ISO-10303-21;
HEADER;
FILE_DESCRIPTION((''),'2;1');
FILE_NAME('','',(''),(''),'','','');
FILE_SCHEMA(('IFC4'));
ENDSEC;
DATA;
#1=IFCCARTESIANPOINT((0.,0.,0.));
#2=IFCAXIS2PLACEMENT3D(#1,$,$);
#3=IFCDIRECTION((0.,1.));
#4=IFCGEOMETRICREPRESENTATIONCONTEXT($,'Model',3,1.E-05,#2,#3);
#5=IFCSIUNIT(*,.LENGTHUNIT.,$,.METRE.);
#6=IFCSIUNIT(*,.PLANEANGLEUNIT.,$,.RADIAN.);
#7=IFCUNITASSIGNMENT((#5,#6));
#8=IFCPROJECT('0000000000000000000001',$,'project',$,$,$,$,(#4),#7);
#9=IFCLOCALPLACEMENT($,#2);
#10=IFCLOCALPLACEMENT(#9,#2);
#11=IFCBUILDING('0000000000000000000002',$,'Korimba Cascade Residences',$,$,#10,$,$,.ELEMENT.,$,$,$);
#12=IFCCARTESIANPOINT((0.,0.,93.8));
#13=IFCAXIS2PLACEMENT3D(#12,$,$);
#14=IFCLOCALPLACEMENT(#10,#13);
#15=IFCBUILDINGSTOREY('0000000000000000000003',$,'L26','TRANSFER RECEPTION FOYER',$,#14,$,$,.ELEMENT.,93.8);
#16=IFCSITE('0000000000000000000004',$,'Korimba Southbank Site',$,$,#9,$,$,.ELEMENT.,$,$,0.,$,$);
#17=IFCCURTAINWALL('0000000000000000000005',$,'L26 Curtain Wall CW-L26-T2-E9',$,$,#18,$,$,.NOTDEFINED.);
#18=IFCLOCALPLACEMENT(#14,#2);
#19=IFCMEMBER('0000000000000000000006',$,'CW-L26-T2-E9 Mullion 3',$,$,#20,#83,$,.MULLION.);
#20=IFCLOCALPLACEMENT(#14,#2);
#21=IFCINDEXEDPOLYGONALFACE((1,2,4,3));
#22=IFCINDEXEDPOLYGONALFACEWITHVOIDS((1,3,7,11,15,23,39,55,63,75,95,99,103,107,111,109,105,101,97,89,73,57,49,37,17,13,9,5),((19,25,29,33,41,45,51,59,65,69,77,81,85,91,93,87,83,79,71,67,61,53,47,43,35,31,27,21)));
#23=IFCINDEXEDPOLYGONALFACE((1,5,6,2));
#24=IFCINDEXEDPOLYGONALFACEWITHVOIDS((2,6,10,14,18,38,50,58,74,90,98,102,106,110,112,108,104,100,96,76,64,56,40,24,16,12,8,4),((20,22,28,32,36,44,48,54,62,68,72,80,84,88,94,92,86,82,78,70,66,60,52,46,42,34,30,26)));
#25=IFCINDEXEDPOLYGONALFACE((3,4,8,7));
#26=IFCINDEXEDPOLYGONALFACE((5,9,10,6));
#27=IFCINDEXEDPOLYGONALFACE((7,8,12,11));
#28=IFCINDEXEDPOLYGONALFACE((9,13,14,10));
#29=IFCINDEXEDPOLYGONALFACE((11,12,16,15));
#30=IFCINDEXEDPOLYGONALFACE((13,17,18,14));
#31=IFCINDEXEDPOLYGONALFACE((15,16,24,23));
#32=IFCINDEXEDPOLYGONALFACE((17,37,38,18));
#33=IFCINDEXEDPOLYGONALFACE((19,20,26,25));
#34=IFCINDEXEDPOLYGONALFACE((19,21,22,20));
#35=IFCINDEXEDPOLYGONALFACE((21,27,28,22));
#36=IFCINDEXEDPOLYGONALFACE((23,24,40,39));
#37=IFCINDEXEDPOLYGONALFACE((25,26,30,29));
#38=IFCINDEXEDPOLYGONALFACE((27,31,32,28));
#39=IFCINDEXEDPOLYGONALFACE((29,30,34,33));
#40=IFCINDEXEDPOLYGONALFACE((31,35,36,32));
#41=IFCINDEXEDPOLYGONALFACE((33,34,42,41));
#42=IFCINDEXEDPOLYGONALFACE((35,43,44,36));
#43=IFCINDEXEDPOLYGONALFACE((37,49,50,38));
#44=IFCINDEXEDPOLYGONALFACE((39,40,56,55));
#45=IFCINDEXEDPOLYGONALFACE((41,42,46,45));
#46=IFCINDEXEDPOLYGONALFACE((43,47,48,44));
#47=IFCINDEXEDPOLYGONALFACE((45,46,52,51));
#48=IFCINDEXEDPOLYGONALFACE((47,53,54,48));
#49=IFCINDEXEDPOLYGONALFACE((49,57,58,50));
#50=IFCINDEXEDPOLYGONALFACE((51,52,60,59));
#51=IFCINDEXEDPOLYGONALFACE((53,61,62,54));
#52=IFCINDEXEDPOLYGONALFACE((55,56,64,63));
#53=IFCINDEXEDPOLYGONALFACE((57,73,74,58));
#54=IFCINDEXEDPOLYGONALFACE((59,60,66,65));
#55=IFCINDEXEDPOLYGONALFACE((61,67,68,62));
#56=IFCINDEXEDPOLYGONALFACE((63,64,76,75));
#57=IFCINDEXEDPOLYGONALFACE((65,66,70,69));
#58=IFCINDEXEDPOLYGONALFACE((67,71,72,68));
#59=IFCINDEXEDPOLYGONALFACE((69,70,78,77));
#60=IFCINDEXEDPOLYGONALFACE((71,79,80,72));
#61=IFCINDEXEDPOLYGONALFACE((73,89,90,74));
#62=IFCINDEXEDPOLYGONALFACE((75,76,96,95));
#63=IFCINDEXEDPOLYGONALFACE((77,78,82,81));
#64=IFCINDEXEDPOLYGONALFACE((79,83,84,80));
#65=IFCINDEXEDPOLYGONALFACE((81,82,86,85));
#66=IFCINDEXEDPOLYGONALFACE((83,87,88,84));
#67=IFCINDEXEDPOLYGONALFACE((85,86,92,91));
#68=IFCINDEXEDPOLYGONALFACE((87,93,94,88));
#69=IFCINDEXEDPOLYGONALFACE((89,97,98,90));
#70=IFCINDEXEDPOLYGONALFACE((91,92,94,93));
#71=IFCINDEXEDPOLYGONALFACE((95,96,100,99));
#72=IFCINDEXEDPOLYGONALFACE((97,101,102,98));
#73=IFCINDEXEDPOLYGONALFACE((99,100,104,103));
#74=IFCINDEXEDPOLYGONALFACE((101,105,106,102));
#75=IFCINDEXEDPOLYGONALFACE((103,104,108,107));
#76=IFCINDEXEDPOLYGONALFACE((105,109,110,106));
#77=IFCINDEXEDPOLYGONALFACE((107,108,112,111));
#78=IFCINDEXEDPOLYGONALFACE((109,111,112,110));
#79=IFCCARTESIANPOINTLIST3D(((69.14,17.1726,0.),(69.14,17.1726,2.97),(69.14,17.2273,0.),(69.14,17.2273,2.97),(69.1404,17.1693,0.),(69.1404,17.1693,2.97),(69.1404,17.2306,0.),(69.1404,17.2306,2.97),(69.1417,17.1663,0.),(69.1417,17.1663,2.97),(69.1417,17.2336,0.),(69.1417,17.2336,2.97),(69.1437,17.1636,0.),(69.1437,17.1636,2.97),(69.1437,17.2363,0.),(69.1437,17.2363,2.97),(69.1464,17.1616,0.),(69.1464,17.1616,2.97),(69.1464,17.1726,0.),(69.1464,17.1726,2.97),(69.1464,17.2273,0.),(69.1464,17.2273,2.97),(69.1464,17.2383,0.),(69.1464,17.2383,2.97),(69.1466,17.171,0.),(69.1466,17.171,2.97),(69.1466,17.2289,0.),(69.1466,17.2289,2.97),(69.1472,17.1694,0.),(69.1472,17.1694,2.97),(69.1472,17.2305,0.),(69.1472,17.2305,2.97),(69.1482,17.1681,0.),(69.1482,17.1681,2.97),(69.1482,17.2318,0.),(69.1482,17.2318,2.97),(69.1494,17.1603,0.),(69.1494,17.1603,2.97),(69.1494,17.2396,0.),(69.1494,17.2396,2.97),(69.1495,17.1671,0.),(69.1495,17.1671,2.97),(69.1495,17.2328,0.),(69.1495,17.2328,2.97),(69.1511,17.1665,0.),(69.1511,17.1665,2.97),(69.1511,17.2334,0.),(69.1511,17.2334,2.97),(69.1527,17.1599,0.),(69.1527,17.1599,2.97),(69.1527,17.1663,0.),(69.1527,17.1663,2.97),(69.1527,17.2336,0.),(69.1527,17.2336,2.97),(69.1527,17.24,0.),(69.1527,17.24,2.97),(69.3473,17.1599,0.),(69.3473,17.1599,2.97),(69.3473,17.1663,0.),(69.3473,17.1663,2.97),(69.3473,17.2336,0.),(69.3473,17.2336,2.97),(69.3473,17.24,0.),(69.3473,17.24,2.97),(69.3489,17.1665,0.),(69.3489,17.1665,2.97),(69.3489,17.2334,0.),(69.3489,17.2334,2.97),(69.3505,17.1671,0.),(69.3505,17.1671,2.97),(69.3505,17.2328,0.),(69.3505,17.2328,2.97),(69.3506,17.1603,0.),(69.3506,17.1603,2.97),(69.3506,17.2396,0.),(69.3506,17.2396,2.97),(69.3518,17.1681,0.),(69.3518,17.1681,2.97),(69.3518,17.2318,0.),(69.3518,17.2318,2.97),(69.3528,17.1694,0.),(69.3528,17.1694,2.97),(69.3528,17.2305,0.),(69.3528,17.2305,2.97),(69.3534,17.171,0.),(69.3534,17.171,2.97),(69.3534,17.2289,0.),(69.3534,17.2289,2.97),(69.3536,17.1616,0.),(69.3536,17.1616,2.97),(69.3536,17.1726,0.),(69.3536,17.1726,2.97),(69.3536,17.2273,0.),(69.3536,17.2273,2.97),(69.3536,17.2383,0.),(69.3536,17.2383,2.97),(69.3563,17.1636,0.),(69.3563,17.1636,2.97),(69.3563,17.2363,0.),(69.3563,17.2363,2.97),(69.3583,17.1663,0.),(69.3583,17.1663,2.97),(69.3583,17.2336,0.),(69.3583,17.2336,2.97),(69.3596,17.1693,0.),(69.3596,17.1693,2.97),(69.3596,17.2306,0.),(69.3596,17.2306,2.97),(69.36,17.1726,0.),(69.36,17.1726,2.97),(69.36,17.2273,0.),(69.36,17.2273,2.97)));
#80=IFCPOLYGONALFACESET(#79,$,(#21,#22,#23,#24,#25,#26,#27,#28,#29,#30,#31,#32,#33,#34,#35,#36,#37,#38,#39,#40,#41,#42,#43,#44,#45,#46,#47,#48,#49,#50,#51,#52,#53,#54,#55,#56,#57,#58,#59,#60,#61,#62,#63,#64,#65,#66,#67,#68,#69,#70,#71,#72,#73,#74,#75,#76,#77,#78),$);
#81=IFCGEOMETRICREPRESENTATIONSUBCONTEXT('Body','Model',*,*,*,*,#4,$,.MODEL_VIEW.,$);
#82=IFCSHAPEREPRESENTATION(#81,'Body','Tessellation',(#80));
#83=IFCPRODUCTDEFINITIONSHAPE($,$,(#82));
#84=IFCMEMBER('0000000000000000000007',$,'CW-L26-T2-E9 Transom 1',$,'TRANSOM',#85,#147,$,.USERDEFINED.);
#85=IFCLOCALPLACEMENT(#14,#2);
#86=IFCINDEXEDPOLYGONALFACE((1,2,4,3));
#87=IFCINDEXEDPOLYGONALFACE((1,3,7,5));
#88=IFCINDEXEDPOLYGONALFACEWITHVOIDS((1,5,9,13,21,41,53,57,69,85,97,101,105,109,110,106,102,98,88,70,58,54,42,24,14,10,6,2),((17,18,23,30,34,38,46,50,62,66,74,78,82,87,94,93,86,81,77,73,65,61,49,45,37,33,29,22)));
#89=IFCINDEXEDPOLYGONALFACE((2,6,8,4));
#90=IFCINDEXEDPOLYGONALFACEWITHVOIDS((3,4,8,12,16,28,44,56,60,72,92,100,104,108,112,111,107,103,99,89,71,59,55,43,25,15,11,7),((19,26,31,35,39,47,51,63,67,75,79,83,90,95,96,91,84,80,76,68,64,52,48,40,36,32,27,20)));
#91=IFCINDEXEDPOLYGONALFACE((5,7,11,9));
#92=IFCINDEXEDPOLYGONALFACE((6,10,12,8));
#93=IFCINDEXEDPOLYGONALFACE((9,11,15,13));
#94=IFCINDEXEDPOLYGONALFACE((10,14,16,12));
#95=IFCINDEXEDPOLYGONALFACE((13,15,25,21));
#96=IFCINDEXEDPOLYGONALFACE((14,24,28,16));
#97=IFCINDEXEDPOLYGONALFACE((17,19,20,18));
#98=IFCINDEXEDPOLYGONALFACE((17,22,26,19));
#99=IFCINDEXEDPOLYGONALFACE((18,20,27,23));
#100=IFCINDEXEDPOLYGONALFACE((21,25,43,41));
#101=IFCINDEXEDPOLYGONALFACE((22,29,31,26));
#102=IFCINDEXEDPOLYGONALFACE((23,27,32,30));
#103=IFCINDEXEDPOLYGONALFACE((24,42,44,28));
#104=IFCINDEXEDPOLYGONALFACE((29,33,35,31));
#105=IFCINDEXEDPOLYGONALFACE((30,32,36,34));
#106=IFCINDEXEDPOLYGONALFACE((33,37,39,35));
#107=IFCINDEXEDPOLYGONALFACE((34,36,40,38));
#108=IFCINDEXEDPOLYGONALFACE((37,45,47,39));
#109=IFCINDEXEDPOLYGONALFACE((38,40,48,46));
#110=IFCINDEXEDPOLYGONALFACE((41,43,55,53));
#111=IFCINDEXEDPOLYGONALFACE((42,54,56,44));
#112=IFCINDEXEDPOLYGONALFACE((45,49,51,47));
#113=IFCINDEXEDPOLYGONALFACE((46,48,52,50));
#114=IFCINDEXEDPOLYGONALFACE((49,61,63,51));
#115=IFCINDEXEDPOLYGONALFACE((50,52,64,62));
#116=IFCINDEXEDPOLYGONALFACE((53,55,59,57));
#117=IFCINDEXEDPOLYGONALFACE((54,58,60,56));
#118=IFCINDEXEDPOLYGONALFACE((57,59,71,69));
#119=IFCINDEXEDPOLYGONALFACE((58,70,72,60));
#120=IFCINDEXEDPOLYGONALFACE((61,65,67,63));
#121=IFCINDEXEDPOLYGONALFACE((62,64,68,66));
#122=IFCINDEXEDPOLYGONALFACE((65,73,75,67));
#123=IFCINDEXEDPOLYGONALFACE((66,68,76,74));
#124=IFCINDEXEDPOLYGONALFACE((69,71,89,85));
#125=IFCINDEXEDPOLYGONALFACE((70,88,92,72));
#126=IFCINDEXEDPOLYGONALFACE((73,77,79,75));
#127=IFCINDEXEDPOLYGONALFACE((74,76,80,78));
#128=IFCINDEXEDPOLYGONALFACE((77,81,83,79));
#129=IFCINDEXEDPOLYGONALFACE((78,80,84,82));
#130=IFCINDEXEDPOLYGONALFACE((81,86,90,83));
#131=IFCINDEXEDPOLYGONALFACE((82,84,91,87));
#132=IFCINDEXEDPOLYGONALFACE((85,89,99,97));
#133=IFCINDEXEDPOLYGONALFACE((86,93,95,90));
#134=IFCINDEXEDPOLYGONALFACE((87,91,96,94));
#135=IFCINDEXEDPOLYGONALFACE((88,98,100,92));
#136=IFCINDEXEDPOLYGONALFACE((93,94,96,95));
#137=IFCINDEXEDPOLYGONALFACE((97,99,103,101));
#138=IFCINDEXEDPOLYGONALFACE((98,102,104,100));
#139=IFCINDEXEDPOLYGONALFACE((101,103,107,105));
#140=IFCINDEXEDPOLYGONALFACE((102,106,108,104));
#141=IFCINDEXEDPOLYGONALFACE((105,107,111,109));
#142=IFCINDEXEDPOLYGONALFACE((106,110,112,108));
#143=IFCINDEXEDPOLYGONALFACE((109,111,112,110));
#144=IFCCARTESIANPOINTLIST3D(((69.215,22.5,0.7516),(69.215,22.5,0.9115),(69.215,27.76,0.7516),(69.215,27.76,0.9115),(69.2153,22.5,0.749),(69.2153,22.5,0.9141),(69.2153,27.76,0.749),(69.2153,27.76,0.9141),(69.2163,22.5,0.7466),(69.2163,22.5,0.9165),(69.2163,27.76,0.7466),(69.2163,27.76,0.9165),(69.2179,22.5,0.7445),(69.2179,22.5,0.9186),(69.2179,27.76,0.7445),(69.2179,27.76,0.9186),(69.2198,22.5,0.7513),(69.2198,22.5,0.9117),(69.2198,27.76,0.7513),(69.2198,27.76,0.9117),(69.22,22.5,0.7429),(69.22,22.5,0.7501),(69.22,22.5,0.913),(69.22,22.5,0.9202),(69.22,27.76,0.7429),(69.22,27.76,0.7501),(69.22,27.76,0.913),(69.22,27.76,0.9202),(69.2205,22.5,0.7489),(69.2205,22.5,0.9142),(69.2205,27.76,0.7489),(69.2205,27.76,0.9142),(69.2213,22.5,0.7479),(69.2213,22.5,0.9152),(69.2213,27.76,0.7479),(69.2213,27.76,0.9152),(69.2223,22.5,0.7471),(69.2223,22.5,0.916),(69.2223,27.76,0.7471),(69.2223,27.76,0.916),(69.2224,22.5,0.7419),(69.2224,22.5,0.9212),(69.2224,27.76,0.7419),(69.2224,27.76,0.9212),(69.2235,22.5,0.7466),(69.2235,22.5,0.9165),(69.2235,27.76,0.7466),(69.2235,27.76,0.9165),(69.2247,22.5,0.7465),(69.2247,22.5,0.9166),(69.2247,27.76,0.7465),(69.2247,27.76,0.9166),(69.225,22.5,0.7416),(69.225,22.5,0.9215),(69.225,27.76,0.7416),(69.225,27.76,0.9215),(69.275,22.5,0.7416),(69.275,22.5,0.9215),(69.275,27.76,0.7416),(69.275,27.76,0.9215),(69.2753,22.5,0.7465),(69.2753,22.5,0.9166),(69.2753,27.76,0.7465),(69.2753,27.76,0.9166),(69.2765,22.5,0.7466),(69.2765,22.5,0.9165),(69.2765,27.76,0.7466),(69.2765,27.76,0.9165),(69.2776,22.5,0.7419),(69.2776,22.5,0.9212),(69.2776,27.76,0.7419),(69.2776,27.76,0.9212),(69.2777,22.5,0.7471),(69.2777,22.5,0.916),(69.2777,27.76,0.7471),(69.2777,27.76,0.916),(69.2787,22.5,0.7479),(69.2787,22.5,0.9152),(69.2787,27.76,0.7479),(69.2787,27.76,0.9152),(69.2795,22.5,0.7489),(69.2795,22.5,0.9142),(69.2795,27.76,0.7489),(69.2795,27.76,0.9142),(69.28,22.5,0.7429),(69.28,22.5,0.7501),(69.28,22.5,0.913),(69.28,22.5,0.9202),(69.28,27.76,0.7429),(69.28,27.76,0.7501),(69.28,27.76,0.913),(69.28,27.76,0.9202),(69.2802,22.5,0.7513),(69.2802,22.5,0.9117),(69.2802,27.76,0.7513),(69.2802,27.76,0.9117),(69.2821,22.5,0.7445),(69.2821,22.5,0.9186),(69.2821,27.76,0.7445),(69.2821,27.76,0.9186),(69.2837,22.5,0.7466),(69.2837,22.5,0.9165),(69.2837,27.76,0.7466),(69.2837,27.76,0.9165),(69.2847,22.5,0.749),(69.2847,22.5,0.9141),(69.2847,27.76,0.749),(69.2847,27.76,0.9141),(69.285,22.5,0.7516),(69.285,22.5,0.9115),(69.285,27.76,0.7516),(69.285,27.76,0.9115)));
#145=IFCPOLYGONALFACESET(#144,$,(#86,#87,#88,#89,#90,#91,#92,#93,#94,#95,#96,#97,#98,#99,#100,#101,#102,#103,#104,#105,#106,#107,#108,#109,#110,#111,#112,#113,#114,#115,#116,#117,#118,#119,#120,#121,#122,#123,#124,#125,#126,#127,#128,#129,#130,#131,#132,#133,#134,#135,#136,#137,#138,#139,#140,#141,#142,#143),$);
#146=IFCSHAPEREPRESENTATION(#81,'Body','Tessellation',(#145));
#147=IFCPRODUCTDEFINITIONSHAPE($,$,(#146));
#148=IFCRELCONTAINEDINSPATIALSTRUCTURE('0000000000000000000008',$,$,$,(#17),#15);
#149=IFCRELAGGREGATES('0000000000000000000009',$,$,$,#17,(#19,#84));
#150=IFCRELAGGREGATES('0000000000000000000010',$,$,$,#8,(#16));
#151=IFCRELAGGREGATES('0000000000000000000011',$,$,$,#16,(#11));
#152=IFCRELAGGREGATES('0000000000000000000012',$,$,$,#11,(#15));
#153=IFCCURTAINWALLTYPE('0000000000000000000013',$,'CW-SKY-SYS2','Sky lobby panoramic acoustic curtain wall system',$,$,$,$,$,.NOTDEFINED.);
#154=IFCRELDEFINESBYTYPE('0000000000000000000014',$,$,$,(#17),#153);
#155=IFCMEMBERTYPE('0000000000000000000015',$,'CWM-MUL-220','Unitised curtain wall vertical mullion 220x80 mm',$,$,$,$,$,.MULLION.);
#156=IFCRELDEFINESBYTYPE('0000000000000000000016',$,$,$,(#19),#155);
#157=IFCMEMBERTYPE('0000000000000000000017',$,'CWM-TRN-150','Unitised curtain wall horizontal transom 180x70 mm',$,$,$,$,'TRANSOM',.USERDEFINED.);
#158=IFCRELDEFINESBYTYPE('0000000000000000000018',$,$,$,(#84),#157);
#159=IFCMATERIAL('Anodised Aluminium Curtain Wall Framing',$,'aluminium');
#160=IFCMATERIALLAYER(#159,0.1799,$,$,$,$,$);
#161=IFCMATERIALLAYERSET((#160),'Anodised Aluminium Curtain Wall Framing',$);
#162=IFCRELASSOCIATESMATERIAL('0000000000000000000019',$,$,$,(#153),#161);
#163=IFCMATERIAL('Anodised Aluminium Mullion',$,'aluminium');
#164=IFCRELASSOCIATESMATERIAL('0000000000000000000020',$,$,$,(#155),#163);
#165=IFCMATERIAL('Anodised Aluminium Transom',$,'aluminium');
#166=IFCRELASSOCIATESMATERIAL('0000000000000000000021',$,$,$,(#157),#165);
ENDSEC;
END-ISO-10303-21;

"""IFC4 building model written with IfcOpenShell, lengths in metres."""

from ifc_helpers import new_model, si_unit, direction, frame, origin, origin_2d, place, context, subcontext, project, spatial, hollow_rectangle, extrude, material, layer, layer_set, material_profile, profile_set, type_object, element, aggregate, save


model = new_model("IFC4")

# Units and contexts
model_context = context("Model", 3, precision=1e-05, world=origin(), true_north=direction((0.0, 1.0)))
body_context = subcontext(model_context, "Body", "Model", "MODEL_VIEW")
ifc_project = project(units=[si_unit("LENGTHUNIT", "METRE"), si_unit("PLANEANGLEUNIT", "RADIAN")], contexts=[model_context])

# Site, building, storey
site_placement = place(None, origin())
site = spatial("IfcSite", under=ifc_project, at=site_placement, Name="Korimba Southbank Site", CompositionType="ELEMENT", RefElevation=0.0)
building_placement = place(site_placement, origin())
building = spatial("IfcBuilding", under=site, at=building_placement, Name="Korimba Cascade Residences", CompositionType="ELEMENT")
storey_placement = place(building_placement, frame((0.0, 0.0, 93.8)))
storey = spatial("IfcBuildingStorey", under=building, at=storey_placement, Name="L26", Description="TRANSFER RECEPTION FOYER", CompositionType="ELEMENT", Elevation=93.8)

# Curtain wall, members
ifc_material_1 = material(Name="Anodised Aluminium Curtain Wall Framing", Category="aluminium")
ifc_layer_1 = layer(ifc_material_1, 0.1799)
ifc_layer_set_1 = layer_set([ifc_layer_1], Name="Anodised Aluminium Curtain Wall Framing")
curtain_wall_type = type_object("IfcCurtainWallType", Name="CW-SKY-SYS2", Description="Sky lobby panoramic acoustic curtain wall system", PredefinedType="NOTDEFINED", material=ifc_layer_set_1)
curtain_wall_placement = place(storey_placement, origin())
curtain_wall = element("IfcCurtainWall", 1, at=curtain_wall_placement, inside=storey, type_object=curtain_wall_type, Name="L26 Curtain Wall CW-L26-T2-E9", PredefinedType="NOTDEFINED")
ifc_material_2 = material(Name="Anodised Aluminium Mullion", Category="aluminium")
ifc_material_profile_1 = material_profile(ifc_material_2, hollow_rectangle(XDim=0.0801, YDim=0.22, WallThickness=0.0063, InnerFilletRadius=0.0063, OuterFilletRadius=0.0127, at=origin_2d()), Name="Anodised Aluminium Mullion")
ifc_profile_set_1 = profile_set([ifc_material_profile_1], Name="Anodised Aluminium Mullion")
member_type_1 = type_object("IfcMemberType", Name="CWM-MUL-220", Description="Unitised curtain wall vertical mullion 220x80 mm", PredefinedType="MULLION", material=ifc_profile_set_1)
member_1_placement = place(storey_placement, frame((69.25, 17.2, 0.0), z_axis=(0.0, 0.0, 1.0), x_axis=(0.0, -1.0, 0.0)))
member_1 = element("IfcMember", 2, at=member_1_placement, type_object=member_type_1, Name="CW-L26-T2-E9 Mullion 3", PredefinedType="MULLION", context=body_context, shape_type="SweptSolid", body=[
    extrude(hollow_rectangle(XDim=0.0801, YDim=0.22, WallThickness=0.0063, InnerFilletRadius=0.0063, OuterFilletRadius=0.0127, at=origin_2d()), origin(), (0.0, 0.0, 1.0), 2.97),
])
ifc_material_3 = material(Name="Anodised Aluminium Transom", Category="aluminium")
ifc_material_profile_2 = material_profile(ifc_material_3, hollow_rectangle(XDim=0.0701, YDim=0.1799, WallThickness=0.0049, InnerFilletRadius=0.0049, OuterFilletRadius=0.01, at=origin_2d()), Name="Anodised Aluminium Transom")
ifc_profile_set_2 = profile_set([ifc_material_profile_2], Name="Anodised Aluminium Transom")
member_type_2 = type_object("IfcMemberType", Name="CWM-TRN-150", Description="Unitised curtain wall horizontal transom 180x70 mm", ElementType="TRANSOM", PredefinedType="USERDEFINED", material=ifc_profile_set_2)
member_2_placement = place(storey_placement, frame((69.25, 27.76, 0.8315), z_axis=(0.0, -1.0, 0.0), x_axis=(1.0, 0.0, 0.0)))
member_2 = element("IfcMember", 3, at=member_2_placement, type_object=member_type_2, Name="CW-L26-T2-E9 Transom 1", ObjectType="TRANSOM", PredefinedType="USERDEFINED", context=body_context, shape_type="SweptSolid", body=[
    extrude(hollow_rectangle(XDim=0.0701, YDim=0.1799, WallThickness=0.0049, InnerFilletRadius=0.0049, OuterFilletRadius=0.01, at=origin_2d()), origin(), (0.0, 0.0, 1.0), 5.26),
])
aggregate(curtain_wall, [member_1, member_2])

save(model, "model.ifc")
